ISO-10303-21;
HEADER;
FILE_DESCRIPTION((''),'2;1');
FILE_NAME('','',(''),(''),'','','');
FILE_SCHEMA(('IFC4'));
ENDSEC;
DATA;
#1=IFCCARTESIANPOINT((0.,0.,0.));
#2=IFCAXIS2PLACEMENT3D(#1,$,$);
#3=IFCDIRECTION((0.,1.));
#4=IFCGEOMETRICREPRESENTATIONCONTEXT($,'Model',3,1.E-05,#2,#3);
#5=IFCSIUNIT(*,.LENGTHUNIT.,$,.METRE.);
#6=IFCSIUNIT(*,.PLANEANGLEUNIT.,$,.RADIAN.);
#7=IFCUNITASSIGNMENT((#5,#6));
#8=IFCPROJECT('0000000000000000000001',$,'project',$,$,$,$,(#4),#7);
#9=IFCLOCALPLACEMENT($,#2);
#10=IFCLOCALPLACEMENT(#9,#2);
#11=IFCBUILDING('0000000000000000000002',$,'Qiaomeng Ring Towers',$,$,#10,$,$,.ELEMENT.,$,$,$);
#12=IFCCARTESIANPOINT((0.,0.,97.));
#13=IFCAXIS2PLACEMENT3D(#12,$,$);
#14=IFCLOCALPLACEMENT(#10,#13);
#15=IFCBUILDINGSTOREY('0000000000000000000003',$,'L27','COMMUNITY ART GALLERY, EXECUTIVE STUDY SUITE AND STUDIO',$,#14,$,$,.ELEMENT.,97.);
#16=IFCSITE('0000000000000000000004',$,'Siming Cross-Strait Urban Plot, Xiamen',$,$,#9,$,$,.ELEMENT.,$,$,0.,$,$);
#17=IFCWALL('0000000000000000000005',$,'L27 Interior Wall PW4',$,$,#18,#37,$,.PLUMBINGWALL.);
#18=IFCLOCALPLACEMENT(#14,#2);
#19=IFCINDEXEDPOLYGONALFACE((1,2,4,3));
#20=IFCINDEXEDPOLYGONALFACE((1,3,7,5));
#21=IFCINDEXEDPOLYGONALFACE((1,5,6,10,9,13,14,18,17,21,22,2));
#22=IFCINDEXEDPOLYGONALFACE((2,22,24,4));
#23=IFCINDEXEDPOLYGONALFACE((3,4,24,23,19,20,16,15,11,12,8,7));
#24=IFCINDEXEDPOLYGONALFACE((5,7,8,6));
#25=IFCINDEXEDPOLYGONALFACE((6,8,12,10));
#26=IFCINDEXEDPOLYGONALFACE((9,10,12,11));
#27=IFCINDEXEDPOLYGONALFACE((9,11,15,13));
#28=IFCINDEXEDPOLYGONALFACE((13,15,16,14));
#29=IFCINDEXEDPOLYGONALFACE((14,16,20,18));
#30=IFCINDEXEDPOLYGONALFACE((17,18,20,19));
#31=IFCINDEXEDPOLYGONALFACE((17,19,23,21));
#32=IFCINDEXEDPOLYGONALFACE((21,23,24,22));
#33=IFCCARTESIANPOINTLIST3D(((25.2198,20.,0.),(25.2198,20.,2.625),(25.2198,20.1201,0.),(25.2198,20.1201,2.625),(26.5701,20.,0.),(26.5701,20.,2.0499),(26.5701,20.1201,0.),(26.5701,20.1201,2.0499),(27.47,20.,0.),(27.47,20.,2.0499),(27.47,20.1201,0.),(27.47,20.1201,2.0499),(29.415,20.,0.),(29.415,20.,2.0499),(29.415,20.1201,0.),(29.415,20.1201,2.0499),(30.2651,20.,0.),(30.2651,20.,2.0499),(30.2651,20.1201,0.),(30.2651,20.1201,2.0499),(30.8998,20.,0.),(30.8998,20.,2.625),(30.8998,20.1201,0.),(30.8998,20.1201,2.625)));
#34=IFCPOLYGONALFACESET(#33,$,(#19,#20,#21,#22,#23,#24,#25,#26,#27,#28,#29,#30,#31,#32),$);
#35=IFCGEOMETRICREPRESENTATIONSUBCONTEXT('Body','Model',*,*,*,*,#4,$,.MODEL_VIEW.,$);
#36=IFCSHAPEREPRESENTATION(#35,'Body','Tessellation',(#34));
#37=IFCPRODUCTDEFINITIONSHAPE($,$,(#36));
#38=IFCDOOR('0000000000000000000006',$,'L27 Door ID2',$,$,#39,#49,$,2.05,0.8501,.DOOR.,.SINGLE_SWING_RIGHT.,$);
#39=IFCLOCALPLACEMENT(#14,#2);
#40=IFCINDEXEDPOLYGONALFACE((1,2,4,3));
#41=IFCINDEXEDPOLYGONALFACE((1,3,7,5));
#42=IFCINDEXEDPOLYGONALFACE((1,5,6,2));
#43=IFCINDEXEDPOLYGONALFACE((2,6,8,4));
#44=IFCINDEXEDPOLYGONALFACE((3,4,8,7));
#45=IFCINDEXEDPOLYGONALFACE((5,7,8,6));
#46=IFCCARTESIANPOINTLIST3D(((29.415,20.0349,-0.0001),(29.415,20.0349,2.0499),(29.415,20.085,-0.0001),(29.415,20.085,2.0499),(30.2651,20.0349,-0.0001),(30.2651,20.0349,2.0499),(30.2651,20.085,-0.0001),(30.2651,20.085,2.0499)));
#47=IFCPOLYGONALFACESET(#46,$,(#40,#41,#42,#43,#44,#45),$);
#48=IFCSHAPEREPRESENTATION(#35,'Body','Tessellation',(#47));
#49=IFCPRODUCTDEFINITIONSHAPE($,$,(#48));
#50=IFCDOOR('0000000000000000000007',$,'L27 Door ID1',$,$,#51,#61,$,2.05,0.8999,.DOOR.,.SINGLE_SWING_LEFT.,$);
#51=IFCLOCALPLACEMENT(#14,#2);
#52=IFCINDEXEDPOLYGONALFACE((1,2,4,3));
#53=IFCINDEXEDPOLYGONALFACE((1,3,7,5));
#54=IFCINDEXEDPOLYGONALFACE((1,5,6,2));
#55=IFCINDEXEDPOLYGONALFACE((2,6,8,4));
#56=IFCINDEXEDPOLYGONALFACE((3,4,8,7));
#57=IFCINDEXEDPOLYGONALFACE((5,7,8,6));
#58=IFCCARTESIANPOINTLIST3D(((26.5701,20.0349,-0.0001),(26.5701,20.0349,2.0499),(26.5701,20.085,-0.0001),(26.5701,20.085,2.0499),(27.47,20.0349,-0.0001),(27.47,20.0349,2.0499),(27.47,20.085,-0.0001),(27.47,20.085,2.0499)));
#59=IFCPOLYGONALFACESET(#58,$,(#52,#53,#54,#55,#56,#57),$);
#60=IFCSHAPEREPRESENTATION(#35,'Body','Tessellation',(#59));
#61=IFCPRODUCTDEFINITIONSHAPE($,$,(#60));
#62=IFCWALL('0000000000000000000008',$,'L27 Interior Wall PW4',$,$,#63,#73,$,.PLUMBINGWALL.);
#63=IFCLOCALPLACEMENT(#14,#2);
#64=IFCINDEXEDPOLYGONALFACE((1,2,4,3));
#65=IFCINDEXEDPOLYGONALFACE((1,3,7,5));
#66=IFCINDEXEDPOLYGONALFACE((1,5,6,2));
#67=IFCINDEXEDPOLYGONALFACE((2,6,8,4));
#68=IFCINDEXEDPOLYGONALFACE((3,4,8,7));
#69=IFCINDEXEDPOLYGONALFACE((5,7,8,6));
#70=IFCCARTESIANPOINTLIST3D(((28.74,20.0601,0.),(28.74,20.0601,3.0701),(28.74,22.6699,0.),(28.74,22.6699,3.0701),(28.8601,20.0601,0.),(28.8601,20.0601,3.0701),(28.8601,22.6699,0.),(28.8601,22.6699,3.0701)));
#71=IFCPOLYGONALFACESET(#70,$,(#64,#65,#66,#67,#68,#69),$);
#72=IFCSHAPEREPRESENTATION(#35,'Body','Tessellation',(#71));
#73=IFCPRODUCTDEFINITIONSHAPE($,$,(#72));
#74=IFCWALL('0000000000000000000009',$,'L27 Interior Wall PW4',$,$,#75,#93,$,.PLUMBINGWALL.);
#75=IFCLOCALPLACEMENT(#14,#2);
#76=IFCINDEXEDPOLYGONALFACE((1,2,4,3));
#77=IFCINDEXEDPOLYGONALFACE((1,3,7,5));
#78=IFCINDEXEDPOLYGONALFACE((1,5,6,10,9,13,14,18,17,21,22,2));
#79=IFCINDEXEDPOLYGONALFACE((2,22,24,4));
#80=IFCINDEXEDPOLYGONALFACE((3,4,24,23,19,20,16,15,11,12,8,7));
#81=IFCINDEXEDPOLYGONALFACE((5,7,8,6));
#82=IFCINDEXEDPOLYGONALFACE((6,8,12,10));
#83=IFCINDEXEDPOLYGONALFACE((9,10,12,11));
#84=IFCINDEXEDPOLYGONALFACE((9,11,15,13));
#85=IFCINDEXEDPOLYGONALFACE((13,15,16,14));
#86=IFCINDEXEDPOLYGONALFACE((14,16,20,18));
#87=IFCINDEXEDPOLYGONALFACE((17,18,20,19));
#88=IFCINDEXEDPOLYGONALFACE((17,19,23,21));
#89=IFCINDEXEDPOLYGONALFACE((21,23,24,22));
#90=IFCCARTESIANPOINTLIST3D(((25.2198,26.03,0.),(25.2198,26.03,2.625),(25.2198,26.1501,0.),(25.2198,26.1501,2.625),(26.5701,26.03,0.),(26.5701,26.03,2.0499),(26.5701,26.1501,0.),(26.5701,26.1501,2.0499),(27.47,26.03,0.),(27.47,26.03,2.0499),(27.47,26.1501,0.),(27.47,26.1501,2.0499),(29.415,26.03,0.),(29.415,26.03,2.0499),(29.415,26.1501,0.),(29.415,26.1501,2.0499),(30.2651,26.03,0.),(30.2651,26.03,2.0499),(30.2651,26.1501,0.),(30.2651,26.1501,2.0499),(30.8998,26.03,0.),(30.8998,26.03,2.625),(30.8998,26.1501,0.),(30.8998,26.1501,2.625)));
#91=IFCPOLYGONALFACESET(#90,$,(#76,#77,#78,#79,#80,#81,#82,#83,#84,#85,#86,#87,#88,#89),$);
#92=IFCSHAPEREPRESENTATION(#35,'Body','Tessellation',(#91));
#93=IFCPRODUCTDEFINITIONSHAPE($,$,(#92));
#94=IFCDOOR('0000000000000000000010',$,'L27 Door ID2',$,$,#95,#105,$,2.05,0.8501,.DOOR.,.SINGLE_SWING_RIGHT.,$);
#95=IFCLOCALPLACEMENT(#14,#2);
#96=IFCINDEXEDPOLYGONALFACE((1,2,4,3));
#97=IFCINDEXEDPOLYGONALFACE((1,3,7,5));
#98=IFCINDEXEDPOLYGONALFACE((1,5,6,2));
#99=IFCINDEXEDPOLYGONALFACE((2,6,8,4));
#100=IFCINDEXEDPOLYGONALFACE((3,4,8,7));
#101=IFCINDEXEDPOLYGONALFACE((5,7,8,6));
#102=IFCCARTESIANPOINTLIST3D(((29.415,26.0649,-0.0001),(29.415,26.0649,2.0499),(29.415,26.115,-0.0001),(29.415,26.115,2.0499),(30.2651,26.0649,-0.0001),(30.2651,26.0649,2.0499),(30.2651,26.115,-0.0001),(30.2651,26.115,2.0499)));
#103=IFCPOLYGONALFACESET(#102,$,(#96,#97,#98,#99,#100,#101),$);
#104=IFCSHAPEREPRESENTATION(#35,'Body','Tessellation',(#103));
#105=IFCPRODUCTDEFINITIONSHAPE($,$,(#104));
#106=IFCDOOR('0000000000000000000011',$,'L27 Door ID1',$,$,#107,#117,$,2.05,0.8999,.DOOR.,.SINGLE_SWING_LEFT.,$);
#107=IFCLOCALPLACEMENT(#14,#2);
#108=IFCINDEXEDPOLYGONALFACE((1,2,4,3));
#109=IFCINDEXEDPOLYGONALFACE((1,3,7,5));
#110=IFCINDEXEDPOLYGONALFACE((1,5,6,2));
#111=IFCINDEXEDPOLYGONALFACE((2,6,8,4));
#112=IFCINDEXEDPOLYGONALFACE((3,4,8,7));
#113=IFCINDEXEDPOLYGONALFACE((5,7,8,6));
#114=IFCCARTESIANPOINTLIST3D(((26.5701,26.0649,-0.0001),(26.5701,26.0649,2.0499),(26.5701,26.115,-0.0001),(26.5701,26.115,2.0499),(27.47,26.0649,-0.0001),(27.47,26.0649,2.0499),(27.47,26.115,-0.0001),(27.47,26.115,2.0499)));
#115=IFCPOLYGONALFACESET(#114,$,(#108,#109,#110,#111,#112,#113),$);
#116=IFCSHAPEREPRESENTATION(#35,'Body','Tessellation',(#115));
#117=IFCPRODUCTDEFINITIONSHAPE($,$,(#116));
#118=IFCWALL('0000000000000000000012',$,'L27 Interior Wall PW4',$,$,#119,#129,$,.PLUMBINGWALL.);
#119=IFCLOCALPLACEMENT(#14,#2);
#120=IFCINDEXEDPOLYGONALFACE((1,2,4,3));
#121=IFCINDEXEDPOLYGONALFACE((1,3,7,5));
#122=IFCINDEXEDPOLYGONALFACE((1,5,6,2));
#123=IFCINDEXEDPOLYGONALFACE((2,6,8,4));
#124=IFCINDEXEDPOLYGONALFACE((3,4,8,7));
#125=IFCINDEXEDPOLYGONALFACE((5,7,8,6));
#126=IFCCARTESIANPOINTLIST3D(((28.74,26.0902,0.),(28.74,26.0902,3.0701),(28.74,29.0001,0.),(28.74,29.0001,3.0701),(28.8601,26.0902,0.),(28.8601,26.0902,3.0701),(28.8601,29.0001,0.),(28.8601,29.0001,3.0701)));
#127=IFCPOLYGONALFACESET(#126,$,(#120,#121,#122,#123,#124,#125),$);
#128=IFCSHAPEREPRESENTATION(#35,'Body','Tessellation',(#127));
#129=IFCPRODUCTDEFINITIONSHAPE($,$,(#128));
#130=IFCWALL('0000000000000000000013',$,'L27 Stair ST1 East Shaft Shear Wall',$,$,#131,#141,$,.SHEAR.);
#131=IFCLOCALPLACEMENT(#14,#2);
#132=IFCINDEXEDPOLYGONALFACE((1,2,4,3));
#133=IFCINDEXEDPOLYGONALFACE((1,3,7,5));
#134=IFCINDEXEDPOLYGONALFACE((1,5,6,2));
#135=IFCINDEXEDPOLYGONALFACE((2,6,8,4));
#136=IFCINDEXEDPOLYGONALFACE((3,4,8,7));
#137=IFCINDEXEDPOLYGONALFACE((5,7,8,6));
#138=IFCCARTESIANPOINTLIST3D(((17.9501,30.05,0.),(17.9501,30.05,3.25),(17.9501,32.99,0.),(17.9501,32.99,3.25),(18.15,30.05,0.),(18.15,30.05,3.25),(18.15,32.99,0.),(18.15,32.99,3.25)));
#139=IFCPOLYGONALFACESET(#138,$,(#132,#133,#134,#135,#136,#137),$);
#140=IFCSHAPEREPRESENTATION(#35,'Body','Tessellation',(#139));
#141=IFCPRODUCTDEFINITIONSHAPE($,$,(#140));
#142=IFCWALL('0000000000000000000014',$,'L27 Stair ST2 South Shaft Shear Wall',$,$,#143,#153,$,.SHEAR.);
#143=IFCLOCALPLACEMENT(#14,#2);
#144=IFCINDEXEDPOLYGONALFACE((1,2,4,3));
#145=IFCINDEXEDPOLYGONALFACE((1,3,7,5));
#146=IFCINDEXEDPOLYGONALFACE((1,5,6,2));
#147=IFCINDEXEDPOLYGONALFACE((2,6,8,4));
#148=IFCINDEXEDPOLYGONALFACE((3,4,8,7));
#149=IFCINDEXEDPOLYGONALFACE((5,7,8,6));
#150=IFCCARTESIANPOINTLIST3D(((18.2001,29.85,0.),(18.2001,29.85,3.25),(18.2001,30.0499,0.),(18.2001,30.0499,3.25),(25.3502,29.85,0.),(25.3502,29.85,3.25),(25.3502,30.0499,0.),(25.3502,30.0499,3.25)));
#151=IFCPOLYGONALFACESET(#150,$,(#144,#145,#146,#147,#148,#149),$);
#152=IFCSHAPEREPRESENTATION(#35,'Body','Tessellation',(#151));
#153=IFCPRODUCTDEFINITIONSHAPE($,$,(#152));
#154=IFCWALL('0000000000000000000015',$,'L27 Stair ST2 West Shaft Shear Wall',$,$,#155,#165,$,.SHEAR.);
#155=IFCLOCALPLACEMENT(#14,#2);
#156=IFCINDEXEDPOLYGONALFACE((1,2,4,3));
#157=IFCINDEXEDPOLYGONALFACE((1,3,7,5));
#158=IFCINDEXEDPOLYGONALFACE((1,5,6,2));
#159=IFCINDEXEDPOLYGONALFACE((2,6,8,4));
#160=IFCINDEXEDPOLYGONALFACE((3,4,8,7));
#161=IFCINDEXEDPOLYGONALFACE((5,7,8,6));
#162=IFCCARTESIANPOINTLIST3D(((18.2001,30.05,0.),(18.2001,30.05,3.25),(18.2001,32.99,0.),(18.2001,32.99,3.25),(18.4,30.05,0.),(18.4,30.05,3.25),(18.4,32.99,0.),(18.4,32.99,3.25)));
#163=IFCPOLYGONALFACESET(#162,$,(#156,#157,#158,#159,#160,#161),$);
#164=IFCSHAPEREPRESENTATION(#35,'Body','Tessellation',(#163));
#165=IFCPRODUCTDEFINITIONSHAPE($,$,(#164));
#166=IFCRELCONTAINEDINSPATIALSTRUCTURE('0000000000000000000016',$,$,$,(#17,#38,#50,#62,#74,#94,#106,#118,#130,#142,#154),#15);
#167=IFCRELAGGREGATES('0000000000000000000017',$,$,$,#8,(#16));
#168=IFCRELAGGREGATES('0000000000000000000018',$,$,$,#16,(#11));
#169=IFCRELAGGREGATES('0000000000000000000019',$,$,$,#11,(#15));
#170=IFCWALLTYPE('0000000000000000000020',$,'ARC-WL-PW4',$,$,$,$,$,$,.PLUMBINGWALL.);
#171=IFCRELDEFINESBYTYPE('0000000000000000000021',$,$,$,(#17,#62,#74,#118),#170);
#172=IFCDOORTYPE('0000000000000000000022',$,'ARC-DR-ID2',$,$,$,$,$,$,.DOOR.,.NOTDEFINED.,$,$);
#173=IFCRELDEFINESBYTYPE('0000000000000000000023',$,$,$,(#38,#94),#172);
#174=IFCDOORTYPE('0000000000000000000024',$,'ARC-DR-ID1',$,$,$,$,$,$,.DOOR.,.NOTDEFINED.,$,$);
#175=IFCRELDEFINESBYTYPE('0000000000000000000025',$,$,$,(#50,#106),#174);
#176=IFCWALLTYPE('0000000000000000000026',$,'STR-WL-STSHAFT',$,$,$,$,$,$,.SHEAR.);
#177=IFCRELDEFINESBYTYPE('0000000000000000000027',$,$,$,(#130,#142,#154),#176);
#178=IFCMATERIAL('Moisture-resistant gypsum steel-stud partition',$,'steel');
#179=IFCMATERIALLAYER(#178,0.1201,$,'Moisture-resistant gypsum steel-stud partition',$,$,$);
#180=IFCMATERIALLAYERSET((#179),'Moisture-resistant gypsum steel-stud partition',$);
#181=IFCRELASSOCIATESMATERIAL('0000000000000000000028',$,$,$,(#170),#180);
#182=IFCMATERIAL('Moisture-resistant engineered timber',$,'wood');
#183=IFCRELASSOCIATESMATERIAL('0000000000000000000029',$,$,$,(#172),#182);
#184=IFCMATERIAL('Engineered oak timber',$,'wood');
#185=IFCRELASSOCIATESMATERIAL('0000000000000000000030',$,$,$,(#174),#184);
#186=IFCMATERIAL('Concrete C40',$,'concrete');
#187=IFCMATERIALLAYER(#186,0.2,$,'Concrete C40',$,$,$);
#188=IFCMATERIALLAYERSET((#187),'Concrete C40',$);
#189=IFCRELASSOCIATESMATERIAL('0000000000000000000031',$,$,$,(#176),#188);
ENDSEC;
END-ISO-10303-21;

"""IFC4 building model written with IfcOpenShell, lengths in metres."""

from ifc_helpers import new_model, si_unit, direction, frame, frame_2d, origin, place, context, subcontext, project, spatial, rectangle, extrude, source, transform, mapped, material, layer, layer_set, type_object, element, fill, save


model = new_model("IFC4")

# Units and contexts
model_context = context("Model", 3, precision=1e-05, world=origin(), true_north=direction((0.0, 1.0)))
body_context = subcontext(model_context, "Body", "Model", "MODEL_VIEW")
ifc_project = project(units=[si_unit("LENGTHUNIT", "METRE"), si_unit("PLANEANGLEUNIT", "RADIAN")], contexts=[model_context])

# Site, building, storey
site_placement = place(None, origin())
site = spatial("IfcSite", under=ifc_project, at=site_placement, Name="Siming Cross-Strait Urban Plot, Xiamen", CompositionType="ELEMENT", RefElevation=0.0)
building_placement = place(site_placement, origin())
building = spatial("IfcBuilding", under=site, at=building_placement, Name="Qiaomeng Ring Towers", CompositionType="ELEMENT")
storey_placement = place(building_placement, frame((0.0, 0.0, 97.0)))
storey = spatial("IfcBuildingStorey", under=building, at=storey_placement, Name="L27", Description="COMMUNITY ART GALLERY, EXECUTIVE STUDY SUITE AND STUDIO", CompositionType="ELEMENT", Elevation=97.0)

# Wall, openings, doors
ifc_material_1 = material(Name="Moisture-resistant gypsum steel-stud partition", Category="steel")
ifc_layer_1 = layer(ifc_material_1, 0.1201, Name="Moisture-resistant gypsum steel-stud partition")
ifc_layer_set_1 = layer_set([ifc_layer_1], Name="Moisture-resistant gypsum steel-stud partition")
wall_type_1 = type_object("IfcWallType", Name="ARC-WL-PW4", PredefinedType="PLUMBINGWALL", material=ifc_layer_set_1)
wall_1_placement = place(storey_placement, frame((25.22, 20.0601, 0.0), z_axis=(0.0, 0.0, 1.0), x_axis=(1.0, 0.0, 0.0)))
wall_1 = element("IfcWall", 1, at=wall_1_placement, inside=storey, type_object=wall_type_1, Name="L27 Interior Wall PW4", PredefinedType="PLUMBINGWALL", context=body_context, shape_type="SweptSolid", body=[
    extrude(rectangle(XDim=5.6799, YDim=0.1201, at=frame_2d((2.8398, 0.0))), origin(), (0.0, 0.0, 1.0), 2.625),
])
opening_1_placement = place(wall_1_placement, frame((1.3501, 0.0, 0.0)))
opening_1 = element("IfcOpeningElement", 2, at=opening_1_placement, cuts=wall_1, PredefinedType="OPENING", context=body_context, shape_type="SweptSolid", body=[
    extrude(rectangle(XDim=0.8999, YDim=2.05, at=frame_2d((0.45, 1.0249))), frame((0.0, 0.0701, 0.0), z_axis=(0.0, -1.0, 0.0), x_axis=(1.0, 0.0, 0.0)), (0.0, 0.0, 1.0), 0.1401),
])
opening_2_placement = place(wall_1_placement, frame((4.1951, 0.0, 0.0)))
opening_2 = element("IfcOpeningElement", 3, at=opening_2_placement, cuts=wall_1, PredefinedType="OPENING", context=body_context, shape_type="SweptSolid", body=[
    extrude(rectangle(XDim=0.8501, YDim=2.05, at=frame_2d((0.425, 1.0249))), frame((0.0, 0.0701, 0.0), z_axis=(0.0, -1.0, 0.0), x_axis=(1.0, 0.0, 0.0)), (0.0, 0.0, 1.0), 0.1401),
])
ifc_material_2 = material(Name="Moisture-resistant engineered timber", Category="wood")
door_type_1 = type_object("IfcDoorType", Name="ARC-DR-ID2", OperationType="NOTDEFINED", PredefinedType="DOOR", material=ifc_material_2)
shared_shape_1 = source(origin(), body_context, "Body", "SweptSolid", [
    extrude(rectangle(XDim=0.8501, YDim=2.05, at=frame_2d((0.425, 1.0249))), frame((0.0, 0.0249, 0.0), z_axis=(0.0, -1.0, 0.0), x_axis=(1.0, 0.0, 0.0)), (0.0, 0.0, 1.0), 0.05),
])
door_1_placement = place(opening_2_placement, origin())
door_1 = element("IfcDoor", 4, at=door_1_placement, inside=storey, type_object=door_type_1, Name="L27 Door ID2", OperationType="SINGLE_SWING_RIGHT", OverallHeight=2.05, OverallWidth=0.8501, PredefinedType="DOOR", context=body_context, shape_type="MappedRepresentation", body=[
    mapped(shared_shape_1, transform((0.0, 0.0, 0.0), x_axis=(1.0, 0.0, 0.0), y_axis=(0.0, 1.0, 0.0), z_axis=(0.0, 0.0, 1.0), scale=1.0)),
])
fill(opening_2, door_1)
ifc_material_3 = material(Name="Engineered oak timber", Category="wood")
door_type_2 = type_object("IfcDoorType", Name="ARC-DR-ID1", OperationType="NOTDEFINED", PredefinedType="DOOR", material=ifc_material_3)
shared_shape_2 = source(origin(), body_context, "Body", "SweptSolid", [
    extrude(rectangle(XDim=0.8999, YDim=2.05, at=frame_2d((0.45, 1.0249))), frame((0.0, 0.0249, 0.0), z_axis=(0.0, -1.0, 0.0), x_axis=(1.0, 0.0, 0.0)), (0.0, 0.0, 1.0), 0.05),
])
door_2_placement = place(opening_1_placement, origin())
door_2 = element("IfcDoor", 5, at=door_2_placement, inside=storey, type_object=door_type_2, Name="L27 Door ID1", OperationType="SINGLE_SWING_LEFT", OverallHeight=2.05, OverallWidth=0.8999, PredefinedType="DOOR", context=body_context, shape_type="MappedRepresentation", body=[
    mapped(shared_shape_2, transform((0.0, 0.0, 0.0), x_axis=(1.0, 0.0, 0.0), y_axis=(0.0, 1.0, 0.0), z_axis=(0.0, 0.0, 1.0), scale=1.0)),
])
fill(opening_1, door_2)

# Wall
wall_2_placement = place(storey_placement, frame((28.8, 20.0601, 0.0), z_axis=(0.0, 0.0, 1.0), x_axis=(0.0, 1.0, 0.0)))
element("IfcWall", 6, at=wall_2_placement, inside=storey, type_object=wall_type_1, Name="L27 Interior Wall PW4", PredefinedType="PLUMBINGWALL", context=body_context, shape_type="SweptSolid", body=[
    extrude(rectangle(XDim=2.6099, YDim=0.1201, at=frame_2d((1.3049, 0.0))), origin(), (0.0, 0.0, 1.0), 3.0701),
])

# Wall, openings, doors
wall_3_placement = place(storey_placement, frame((25.22, 26.0901, 0.0), z_axis=(0.0, 0.0, 1.0), x_axis=(1.0, 0.0, 0.0)))
wall_3 = element("IfcWall", 7, at=wall_3_placement, inside=storey, type_object=wall_type_1, Name="L27 Interior Wall PW4", PredefinedType="PLUMBINGWALL", context=body_context, shape_type="SweptSolid", body=[
    extrude(rectangle(XDim=5.6799, YDim=0.1201, at=frame_2d((2.8398, 0.0))), origin(), (0.0, 0.0, 1.0), 2.625),
])
opening_3_placement = place(wall_3_placement, frame((1.3501, 0.0, 0.0)))
opening_3 = element("IfcOpeningElement", 8, at=opening_3_placement, cuts=wall_3, PredefinedType="OPENING", context=body_context, shape_type="SweptSolid", body=[
    extrude(rectangle(XDim=0.8999, YDim=2.05, at=frame_2d((0.45, 1.0249))), frame((0.0, 0.0701, 0.0), z_axis=(0.0, -1.0, 0.0), x_axis=(1.0, 0.0, 0.0)), (0.0, 0.0, 1.0), 0.1401),
])
opening_4_placement = place(wall_3_placement, frame((4.1951, 0.0, 0.0)))
opening_4 = element("IfcOpeningElement", 9, at=opening_4_placement, cuts=wall_3, PredefinedType="OPENING", context=body_context, shape_type="SweptSolid", body=[
    extrude(rectangle(XDim=0.8501, YDim=2.05, at=frame_2d((0.425, 1.0249))), frame((0.0, 0.0701, 0.0), z_axis=(0.0, -1.0, 0.0), x_axis=(1.0, 0.0, 0.0)), (0.0, 0.0, 1.0), 0.1401),
])
door_3_placement = place(opening_4_placement, origin())
door_3 = element("IfcDoor", 10, at=door_3_placement, inside=storey, type_object=door_type_1, Name="L27 Door ID2", OperationType="SINGLE_SWING_RIGHT", OverallHeight=2.05, OverallWidth=0.8501, PredefinedType="DOOR", context=body_context, shape_type="MappedRepresentation", body=[
    mapped(shared_shape_1, transform((0.0, 0.0, 0.0), x_axis=(1.0, 0.0, 0.0), y_axis=(0.0, 1.0, 0.0), z_axis=(0.0, 0.0, 1.0), scale=1.0)),
])
fill(opening_4, door_3)
door_4_placement = place(opening_3_placement, origin())
door_4 = element("IfcDoor", 11, at=door_4_placement, inside=storey, type_object=door_type_2, Name="L27 Door ID1", OperationType="SINGLE_SWING_LEFT", OverallHeight=2.05, OverallWidth=0.8999, PredefinedType="DOOR", context=body_context, shape_type="MappedRepresentation", body=[
    mapped(shared_shape_2, transform((0.0, 0.0, 0.0), x_axis=(1.0, 0.0, 0.0), y_axis=(0.0, 1.0, 0.0), z_axis=(0.0, 0.0, 1.0), scale=1.0)),
])
fill(opening_3, door_4)

# Walls
wall_4_placement = place(storey_placement, frame((28.8, 26.0901, 0.0), z_axis=(0.0, 0.0, 1.0), x_axis=(0.0, 1.0, 0.0)))
element("IfcWall", 12, at=wall_4_placement, inside=storey, type_object=wall_type_1, Name="L27 Interior Wall PW4", PredefinedType="PLUMBINGWALL", context=body_context, shape_type="SweptSolid", body=[
    extrude(rectangle(XDim=2.9099, YDim=0.1201, at=frame_2d((1.4551, 0.0))), origin(), (0.0, 0.0, 1.0), 3.0701),
])
ifc_material_4 = material(Name="Concrete C40", Category="concrete")
ifc_layer_2 = layer(ifc_material_4, 0.2, Name="Concrete C40")
ifc_layer_set_2 = layer_set([ifc_layer_2], Name="Concrete C40")
wall_type_2 = type_object("IfcWallType", Name="STR-WL-STSHAFT", PredefinedType="SHEAR", material=ifc_layer_set_2)
wall_5_placement = place(storey_placement, frame((18.05, 30.05, 0.0), z_axis=(0.0, 0.0, 1.0), x_axis=(0.0, 1.0, 0.0)))
element("IfcWall", 13, at=wall_5_placement, inside=storey, type_object=wall_type_2, Name="L27 Stair ST1 East Shaft Shear Wall", PredefinedType="SHEAR", context=body_context, shape_type="SweptSolid", body=[
    extrude(rectangle(XDim=2.9399, YDim=0.2, at=frame_2d((1.47, 0.0))), origin(), (0.0, 0.0, 1.0), 3.25),
])
wall_6_placement = place(storey_placement, frame((18.2, 29.95, 0.0), z_axis=(0.0, 0.0, 1.0), x_axis=(1.0, 0.0, 0.0)))
element("IfcWall", 14, at=wall_6_placement, inside=storey, type_object=wall_type_2, Name="L27 Stair ST2 South Shaft Shear Wall", PredefinedType="SHEAR", context=body_context, shape_type="SweptSolid", body=[
    extrude(rectangle(XDim=7.1501, YDim=0.2, at=frame_2d((3.5752, 0.0))), origin(), (0.0, 0.0, 1.0), 3.25),
])
for number, where, z_axis, x_axis, name in (
    (15, (18.3, 30.05, 0.0), (0.0, 0.0, 1.0), (0.0, 1.0, 0.0), "L27 Stair ST2 West Shaft Shear Wall"),
):
    element("IfcWall", number, at=place(storey_placement, frame(where, z_axis=z_axis, x_axis=x_axis)), inside=storey, type_object=wall_type_2, Name=name, PredefinedType="SHEAR", context=body_context, shape_type="SweptSolid", body=[
        extrude(rectangle(XDim=2.9399, YDim=0.2, at=frame_2d((1.47, 0.0))), origin(), (0.0, 0.0, 1.0), 3.25),
    ])

save(model, "model.ifc")
